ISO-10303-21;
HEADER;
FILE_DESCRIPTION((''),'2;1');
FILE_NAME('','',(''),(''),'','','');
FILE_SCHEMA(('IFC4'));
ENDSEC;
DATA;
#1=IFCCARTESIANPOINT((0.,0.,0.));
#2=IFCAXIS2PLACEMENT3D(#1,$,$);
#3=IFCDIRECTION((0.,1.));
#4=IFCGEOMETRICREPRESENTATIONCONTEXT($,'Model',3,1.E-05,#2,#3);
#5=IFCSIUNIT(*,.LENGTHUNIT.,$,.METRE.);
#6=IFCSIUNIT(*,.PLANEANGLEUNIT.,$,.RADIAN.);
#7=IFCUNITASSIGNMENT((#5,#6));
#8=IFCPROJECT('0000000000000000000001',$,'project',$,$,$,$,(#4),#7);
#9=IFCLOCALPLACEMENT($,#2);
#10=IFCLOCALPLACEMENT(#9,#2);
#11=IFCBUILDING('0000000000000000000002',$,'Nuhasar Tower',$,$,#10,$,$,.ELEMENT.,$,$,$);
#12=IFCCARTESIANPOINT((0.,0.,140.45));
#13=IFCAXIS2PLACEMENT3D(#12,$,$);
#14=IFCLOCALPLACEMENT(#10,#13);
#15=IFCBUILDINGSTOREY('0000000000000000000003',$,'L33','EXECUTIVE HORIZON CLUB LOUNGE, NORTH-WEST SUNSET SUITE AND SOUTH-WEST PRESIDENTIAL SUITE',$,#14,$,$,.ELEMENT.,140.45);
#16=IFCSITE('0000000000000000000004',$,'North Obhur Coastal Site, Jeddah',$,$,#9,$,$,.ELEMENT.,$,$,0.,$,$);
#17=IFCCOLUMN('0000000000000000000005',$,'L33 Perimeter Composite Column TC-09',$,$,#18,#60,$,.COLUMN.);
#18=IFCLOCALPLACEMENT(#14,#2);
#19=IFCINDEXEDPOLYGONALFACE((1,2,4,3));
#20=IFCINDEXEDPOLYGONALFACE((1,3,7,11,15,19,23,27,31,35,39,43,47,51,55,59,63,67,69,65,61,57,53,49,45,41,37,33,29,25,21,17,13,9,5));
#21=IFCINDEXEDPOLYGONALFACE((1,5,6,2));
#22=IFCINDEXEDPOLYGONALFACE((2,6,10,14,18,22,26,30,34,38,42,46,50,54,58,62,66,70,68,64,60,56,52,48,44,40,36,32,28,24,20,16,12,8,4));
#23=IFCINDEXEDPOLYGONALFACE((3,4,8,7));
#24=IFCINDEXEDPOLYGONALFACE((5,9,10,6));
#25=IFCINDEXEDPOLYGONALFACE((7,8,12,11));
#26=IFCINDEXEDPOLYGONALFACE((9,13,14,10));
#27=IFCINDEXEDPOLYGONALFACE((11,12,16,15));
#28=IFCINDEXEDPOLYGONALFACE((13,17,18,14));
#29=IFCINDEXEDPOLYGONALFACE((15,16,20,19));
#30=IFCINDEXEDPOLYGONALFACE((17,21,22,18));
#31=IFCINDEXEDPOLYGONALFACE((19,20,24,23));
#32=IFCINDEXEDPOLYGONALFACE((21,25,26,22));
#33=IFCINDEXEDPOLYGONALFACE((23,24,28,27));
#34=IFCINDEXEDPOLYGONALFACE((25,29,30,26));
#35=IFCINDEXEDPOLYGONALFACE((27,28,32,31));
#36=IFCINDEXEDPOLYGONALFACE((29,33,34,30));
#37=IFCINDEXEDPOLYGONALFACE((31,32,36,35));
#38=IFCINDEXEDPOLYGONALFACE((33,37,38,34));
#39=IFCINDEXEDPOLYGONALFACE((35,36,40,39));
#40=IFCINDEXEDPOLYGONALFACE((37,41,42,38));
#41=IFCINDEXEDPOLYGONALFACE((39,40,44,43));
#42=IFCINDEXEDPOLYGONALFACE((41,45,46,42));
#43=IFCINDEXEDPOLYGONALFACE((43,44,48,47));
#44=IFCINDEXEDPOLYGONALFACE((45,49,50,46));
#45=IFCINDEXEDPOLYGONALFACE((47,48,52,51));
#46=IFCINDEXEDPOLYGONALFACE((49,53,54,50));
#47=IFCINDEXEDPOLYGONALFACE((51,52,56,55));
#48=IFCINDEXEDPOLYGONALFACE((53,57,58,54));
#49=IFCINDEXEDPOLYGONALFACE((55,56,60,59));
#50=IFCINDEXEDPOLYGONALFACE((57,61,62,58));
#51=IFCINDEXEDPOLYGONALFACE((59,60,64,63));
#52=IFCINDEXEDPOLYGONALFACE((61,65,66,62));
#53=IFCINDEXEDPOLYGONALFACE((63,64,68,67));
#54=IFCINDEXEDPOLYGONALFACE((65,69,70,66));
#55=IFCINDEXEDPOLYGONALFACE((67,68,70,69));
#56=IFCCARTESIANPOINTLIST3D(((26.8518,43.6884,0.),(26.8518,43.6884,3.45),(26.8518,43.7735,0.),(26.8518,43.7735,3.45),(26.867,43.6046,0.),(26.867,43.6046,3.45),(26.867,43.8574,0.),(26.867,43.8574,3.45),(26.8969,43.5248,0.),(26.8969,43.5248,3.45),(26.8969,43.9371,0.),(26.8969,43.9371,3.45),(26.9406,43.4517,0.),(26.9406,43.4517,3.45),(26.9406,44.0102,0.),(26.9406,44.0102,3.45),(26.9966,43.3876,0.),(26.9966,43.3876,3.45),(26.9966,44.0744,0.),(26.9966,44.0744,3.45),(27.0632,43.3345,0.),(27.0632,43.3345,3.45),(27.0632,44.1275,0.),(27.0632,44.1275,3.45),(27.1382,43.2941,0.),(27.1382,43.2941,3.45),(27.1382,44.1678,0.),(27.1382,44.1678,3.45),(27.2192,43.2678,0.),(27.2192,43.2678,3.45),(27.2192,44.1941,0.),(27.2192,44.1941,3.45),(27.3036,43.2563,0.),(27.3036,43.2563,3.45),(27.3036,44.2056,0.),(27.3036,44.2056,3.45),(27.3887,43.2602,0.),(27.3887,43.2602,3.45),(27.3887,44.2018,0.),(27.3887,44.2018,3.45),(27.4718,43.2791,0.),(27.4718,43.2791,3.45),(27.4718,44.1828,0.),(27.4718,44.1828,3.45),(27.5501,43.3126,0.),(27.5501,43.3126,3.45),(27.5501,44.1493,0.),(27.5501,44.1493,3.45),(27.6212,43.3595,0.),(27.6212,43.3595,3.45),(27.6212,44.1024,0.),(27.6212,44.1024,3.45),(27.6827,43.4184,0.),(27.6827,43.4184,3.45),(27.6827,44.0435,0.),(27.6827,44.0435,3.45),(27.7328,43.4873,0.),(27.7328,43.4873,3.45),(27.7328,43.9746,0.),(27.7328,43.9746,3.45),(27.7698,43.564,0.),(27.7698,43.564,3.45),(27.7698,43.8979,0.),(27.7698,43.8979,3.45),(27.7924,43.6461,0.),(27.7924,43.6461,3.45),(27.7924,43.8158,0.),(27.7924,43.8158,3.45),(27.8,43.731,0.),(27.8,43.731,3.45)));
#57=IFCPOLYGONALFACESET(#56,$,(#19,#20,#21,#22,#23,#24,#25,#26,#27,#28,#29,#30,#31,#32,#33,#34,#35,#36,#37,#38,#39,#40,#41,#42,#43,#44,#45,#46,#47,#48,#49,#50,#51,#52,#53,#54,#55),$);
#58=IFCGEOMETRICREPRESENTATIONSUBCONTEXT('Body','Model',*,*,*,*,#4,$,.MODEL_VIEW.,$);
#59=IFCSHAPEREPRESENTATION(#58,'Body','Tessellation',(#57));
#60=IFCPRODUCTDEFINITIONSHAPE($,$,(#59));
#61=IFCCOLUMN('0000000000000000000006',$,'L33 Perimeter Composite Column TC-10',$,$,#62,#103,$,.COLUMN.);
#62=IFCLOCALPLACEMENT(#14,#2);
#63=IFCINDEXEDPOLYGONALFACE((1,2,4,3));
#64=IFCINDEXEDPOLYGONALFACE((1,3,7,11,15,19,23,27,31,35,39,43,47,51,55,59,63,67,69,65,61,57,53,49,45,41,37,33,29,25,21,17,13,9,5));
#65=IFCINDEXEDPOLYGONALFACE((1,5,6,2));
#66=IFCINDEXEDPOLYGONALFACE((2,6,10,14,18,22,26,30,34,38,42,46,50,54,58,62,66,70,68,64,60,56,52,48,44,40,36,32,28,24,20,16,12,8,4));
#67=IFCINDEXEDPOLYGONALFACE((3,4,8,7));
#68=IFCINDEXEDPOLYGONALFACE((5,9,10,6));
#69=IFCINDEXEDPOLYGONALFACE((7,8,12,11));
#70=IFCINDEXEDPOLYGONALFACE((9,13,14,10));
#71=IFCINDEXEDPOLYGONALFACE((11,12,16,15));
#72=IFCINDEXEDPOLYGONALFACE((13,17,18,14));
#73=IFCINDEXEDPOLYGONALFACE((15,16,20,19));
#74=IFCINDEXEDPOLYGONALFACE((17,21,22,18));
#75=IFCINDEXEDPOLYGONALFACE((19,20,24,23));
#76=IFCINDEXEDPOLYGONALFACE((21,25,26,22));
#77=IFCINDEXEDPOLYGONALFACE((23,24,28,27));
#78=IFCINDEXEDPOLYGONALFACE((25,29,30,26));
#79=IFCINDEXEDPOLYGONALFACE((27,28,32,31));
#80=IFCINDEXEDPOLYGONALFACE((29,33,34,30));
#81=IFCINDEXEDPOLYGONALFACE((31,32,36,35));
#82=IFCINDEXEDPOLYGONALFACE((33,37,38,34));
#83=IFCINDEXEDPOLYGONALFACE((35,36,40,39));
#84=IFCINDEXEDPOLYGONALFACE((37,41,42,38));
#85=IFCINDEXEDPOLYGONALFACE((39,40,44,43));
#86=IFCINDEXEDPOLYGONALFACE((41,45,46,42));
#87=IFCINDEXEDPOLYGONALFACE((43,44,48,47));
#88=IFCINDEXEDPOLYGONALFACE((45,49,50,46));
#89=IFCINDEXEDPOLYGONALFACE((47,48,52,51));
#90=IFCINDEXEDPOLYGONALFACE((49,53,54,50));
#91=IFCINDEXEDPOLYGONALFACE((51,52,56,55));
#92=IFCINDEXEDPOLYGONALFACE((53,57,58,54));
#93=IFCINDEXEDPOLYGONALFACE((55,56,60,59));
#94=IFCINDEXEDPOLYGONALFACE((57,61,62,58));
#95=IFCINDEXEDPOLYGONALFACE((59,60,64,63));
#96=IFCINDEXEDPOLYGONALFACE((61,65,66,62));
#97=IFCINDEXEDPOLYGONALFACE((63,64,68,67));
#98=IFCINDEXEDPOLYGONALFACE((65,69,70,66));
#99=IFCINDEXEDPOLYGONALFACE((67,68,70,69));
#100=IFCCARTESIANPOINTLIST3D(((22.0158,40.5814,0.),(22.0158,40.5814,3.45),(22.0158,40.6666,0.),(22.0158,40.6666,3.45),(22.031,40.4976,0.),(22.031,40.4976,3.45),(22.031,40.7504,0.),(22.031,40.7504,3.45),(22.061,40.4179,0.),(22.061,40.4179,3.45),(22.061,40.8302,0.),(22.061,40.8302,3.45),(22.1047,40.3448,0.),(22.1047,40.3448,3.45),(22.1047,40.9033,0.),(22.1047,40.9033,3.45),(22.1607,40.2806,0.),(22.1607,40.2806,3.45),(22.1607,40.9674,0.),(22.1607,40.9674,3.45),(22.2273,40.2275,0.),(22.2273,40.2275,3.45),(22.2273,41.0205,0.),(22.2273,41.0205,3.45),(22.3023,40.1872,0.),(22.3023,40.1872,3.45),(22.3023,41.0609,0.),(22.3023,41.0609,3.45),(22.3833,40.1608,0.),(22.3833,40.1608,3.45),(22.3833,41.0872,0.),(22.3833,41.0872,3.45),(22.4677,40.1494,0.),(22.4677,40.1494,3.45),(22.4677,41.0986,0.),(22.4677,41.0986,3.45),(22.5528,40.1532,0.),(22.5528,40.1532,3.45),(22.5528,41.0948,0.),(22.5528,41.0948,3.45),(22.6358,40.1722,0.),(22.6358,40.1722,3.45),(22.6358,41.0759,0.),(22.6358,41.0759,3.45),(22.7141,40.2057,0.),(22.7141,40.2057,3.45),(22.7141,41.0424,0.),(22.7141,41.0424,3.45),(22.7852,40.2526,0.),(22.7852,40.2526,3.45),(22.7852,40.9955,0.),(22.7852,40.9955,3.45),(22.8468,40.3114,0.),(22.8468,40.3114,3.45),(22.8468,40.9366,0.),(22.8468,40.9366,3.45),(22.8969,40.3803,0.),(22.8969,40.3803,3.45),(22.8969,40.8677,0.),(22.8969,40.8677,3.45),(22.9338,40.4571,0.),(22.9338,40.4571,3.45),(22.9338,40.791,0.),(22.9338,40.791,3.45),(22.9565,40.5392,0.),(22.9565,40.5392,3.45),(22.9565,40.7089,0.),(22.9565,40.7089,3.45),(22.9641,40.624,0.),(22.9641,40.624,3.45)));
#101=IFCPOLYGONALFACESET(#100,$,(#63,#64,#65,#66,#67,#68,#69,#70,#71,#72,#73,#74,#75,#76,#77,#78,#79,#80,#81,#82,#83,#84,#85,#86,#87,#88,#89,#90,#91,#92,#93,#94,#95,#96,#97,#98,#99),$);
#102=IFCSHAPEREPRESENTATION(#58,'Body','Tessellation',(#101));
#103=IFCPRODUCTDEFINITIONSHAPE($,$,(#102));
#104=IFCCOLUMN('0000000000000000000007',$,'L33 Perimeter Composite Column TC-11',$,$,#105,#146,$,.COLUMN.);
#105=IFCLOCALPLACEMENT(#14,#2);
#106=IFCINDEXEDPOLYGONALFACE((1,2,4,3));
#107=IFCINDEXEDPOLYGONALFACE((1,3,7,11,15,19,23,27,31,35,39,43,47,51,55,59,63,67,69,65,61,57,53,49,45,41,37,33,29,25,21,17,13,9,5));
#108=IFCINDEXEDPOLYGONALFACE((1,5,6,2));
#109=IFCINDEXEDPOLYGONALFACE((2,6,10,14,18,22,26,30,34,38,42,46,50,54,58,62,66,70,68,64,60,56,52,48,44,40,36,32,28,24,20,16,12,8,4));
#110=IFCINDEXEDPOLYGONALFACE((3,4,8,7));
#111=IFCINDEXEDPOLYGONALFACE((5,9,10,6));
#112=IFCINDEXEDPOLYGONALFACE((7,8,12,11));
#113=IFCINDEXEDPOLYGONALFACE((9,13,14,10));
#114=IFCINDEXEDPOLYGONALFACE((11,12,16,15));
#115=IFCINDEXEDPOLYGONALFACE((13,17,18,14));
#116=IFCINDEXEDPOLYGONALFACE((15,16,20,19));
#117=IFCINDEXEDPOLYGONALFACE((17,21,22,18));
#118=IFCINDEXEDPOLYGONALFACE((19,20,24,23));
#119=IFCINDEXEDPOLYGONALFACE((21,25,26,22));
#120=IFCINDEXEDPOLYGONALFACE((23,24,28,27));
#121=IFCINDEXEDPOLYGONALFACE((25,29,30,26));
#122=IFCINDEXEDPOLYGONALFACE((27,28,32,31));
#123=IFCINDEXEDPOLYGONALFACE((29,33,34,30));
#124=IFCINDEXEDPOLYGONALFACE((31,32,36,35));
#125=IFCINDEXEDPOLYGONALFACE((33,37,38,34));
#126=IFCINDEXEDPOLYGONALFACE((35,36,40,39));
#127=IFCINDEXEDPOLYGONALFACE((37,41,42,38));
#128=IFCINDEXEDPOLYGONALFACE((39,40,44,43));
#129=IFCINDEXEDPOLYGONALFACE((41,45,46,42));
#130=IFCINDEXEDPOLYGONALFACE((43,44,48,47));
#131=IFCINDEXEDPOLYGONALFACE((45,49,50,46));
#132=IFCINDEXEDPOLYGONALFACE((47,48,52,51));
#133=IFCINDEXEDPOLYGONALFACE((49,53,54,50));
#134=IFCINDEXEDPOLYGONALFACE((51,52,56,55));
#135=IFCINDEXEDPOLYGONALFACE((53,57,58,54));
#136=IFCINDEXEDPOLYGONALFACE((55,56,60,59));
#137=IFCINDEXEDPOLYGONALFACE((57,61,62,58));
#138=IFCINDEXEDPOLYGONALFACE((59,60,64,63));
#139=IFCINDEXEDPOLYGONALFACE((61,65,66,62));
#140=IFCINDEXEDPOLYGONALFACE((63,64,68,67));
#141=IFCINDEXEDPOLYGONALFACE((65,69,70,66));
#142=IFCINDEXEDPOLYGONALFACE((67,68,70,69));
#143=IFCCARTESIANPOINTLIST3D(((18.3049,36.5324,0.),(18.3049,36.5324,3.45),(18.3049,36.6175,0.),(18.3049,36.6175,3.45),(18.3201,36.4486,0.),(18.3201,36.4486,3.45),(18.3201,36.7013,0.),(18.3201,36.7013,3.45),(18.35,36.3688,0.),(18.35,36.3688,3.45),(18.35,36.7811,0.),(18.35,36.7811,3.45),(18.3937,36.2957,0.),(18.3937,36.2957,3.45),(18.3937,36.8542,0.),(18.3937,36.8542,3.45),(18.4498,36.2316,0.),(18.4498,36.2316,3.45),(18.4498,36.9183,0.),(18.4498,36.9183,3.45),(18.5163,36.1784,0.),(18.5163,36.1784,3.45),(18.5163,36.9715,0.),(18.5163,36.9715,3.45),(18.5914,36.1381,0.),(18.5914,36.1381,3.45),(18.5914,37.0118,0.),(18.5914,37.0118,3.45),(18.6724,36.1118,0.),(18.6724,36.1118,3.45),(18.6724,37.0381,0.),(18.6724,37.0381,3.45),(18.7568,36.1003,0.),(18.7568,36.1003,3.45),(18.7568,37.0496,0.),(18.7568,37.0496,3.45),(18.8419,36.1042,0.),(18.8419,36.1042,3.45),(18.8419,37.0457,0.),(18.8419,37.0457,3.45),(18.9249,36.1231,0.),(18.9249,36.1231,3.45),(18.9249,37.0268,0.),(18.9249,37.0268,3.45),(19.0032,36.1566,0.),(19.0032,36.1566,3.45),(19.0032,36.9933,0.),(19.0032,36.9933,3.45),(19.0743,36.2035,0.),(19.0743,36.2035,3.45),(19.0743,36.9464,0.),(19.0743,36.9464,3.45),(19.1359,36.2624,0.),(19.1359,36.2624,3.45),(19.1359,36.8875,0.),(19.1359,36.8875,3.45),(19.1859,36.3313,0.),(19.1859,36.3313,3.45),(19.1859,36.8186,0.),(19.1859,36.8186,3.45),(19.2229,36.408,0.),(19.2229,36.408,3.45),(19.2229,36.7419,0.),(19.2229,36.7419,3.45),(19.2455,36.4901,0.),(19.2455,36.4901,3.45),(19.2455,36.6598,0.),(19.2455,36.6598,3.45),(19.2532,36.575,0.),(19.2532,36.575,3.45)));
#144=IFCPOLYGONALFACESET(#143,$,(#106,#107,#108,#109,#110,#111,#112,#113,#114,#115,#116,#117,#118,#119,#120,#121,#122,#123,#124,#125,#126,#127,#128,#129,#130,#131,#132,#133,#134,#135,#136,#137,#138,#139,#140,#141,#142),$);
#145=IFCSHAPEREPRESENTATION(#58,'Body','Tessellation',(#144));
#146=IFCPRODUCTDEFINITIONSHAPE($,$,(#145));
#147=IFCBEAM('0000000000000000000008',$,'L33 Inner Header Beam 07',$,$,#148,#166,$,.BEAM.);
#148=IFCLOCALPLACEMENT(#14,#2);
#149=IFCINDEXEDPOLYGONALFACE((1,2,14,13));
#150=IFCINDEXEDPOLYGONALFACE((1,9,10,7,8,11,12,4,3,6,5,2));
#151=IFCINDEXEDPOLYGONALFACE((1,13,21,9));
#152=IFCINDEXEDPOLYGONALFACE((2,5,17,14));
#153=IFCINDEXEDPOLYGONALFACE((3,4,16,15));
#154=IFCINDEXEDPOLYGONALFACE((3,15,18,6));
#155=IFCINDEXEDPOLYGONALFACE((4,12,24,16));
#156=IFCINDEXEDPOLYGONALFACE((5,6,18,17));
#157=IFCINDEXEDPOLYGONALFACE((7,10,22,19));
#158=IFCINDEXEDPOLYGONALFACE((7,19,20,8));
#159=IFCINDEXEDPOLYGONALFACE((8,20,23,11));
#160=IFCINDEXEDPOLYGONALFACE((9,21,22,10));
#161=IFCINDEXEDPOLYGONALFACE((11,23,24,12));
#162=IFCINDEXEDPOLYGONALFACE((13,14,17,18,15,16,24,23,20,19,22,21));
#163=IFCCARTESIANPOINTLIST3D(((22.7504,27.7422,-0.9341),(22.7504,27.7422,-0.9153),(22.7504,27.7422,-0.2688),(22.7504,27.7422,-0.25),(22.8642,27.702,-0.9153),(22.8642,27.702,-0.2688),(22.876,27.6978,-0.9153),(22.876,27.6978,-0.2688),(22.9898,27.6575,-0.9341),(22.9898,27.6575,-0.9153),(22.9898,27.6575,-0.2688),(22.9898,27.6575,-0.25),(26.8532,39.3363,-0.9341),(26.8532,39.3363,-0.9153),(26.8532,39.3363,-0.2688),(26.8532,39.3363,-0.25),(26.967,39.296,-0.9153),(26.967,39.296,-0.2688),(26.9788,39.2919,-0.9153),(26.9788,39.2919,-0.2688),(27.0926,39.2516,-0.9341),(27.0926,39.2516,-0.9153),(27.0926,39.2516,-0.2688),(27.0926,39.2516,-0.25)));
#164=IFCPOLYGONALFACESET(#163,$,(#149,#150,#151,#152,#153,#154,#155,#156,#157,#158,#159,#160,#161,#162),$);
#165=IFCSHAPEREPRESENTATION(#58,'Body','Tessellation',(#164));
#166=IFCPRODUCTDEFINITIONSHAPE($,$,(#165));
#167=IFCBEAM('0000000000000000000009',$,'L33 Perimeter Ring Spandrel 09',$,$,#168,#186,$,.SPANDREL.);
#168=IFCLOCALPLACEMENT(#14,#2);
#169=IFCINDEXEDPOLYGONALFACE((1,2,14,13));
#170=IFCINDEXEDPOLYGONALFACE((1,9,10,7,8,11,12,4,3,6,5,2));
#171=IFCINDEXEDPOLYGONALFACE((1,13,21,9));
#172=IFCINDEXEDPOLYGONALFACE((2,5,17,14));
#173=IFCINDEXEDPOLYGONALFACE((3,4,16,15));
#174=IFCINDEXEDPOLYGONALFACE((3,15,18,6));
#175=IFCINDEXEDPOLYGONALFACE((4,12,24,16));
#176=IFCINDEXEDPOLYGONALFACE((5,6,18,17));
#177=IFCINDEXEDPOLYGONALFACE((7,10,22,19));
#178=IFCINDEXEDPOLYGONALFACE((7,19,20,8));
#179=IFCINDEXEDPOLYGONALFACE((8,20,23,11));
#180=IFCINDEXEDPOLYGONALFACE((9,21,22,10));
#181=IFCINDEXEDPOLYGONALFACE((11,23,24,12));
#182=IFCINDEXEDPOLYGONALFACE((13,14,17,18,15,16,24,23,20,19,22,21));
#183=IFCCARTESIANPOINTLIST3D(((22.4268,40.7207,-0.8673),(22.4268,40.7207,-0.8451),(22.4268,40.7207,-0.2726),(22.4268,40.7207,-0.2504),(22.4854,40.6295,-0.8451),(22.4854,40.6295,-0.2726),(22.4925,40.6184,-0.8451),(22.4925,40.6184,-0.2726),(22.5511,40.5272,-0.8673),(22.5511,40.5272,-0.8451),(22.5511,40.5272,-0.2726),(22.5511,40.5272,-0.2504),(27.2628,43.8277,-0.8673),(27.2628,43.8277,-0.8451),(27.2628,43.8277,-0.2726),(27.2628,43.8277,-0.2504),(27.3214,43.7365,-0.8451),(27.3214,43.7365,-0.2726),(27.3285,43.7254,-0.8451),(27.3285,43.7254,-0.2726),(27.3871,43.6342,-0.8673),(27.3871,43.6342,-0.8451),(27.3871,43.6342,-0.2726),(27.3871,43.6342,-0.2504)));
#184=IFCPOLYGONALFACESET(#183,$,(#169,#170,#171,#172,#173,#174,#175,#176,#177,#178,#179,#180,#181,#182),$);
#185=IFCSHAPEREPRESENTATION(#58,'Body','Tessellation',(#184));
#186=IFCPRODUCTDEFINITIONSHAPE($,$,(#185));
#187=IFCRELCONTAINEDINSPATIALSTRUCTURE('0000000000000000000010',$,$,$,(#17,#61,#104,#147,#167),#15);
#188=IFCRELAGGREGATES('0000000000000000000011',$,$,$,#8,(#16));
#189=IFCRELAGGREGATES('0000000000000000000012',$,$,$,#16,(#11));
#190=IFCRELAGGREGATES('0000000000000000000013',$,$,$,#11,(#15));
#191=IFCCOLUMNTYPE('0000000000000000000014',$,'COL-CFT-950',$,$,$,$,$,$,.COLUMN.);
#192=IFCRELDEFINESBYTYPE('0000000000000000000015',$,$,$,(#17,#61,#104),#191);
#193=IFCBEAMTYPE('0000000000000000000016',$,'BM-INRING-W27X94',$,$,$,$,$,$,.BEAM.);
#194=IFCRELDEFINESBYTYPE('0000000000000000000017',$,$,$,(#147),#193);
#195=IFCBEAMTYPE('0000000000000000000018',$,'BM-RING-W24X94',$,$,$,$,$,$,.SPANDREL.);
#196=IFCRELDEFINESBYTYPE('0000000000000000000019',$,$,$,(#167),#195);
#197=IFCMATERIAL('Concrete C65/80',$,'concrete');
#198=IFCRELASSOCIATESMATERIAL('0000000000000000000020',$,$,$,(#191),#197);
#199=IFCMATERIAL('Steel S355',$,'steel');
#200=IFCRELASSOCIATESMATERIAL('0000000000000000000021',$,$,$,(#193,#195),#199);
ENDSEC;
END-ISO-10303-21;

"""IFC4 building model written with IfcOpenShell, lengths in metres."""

from ifc_helpers import new_model, si_unit, direction, frame, origin, origin_2d, place, context, subcontext, project, spatial, circle, i_section, extrude, material, material_profile, profile_set, type_object, element, save


model = new_model("IFC4")

# Units and contexts
model_context = context("Model", 3, precision=1e-05, world=origin(), true_north=direction((0.0, 1.0)))
body_context = subcontext(model_context, "Body", "Model", "MODEL_VIEW")
ifc_project = project(units=[si_unit("LENGTHUNIT", "METRE"), si_unit("PLANEANGLEUNIT", "RADIAN")], contexts=[model_context])

# Site, building, storey
site_placement = place(None, origin())
site = spatial("IfcSite", under=ifc_project, at=site_placement, Name="North Obhur Coastal Site, Jeddah", CompositionType="ELEMENT", RefElevation=0.0)
building_placement = place(site_placement, origin())
building = spatial("IfcBuilding", under=site, at=building_placement, Name="Nuhasar Tower", CompositionType="ELEMENT")
storey_placement = place(building_placement, frame((0.0, 0.0, 140.45)))
storey = spatial("IfcBuildingStorey", under=building, at=storey_placement, Name="L33", Description="EXECUTIVE HORIZON CLUB LOUNGE, NORTH-WEST SUNSET SUITE AND SOUTH-WEST PRESIDENTIAL SUITE", CompositionType="ELEMENT", Elevation=140.45)

# Columns
ifc_material_1 = material(Name="Concrete C65/80", Category="concrete")
ifc_material_profile_1 = material_profile(ifc_material_1, circle(Radius=0.4751, at=origin_2d()), Name="CFT950")
ifc_profile_set_1 = profile_set([ifc_material_profile_1], Name="Concrete C65/80")
column_type = type_object("IfcColumnType", Name="COL-CFT-950", PredefinedType="COLUMN", material=ifc_profile_set_1)
for number, where, z_axis, x_axis, name in (
    (1, (27.325, 43.731, 0.0), (0.0, 0.0, 1.0), (1.0, 0.0, 0.0), "L33 Perimeter Composite Column TC-09"),
    (2, (22.489, 40.624, 0.0), (0.0, 0.0, 1.0), (1.0, 0.0, 0.0), "L33 Perimeter Composite Column TC-10"),
    (3, (18.7781, 36.575, 0.0), (0.0, 0.0, 1.0), (1.0, 0.0, 0.0), "L33 Perimeter Composite Column TC-11"),
):
    element("IfcColumn", number, at=place(storey_placement, frame(where, z_axis=z_axis, x_axis=x_axis)), inside=storey, type_object=column_type, Name=name, PredefinedType="COLUMN", context=body_context, shape_type="SweptSolid", body=[
        extrude(circle(Radius=0.4751, at=origin_2d()), origin(), (0.0, 0.0, 1.0), 3.45),
    ])

# Beams
ifc_material_2 = material(Name="Steel S355", Category="steel")
ifc_material_profile_2 = material_profile(ifc_material_2, i_section(OverallWidth=0.2539, OverallDepth=0.6841, WebThickness=0.0125, FlangeThickness=0.0188, at=origin_2d()), Name="W27X94")
ifc_profile_set_2 = profile_set([ifc_material_profile_2], Name="Steel S355")
beam_type_1 = type_object("IfcBeamType", Name="BM-INRING-W27X94", PredefinedType="BEAM", material=ifc_profile_set_2)
beam_1_placement = place(storey_placement, frame((26.9729, 39.2939, -0.592), z_axis=(-0.3336, -0.942715, 0.0), x_axis=(0.942715, -0.3336, 0.0)))
element("IfcBeam", 4, at=beam_1_placement, inside=storey, type_object=beam_type_1, Name="L33 Inner Header Beam 07", PredefinedType="BEAM", context=body_context, shape_type="SweptSolid", body=[
    extrude(i_section(OverallWidth=0.2539, OverallDepth=0.6841, WebThickness=0.0125, FlangeThickness=0.0188, at=origin_2d()), origin(), (0.0, 0.0, 1.0), 12.2986),
])
ifc_material_profile_3 = material_profile(ifc_material_2, i_section(OverallWidth=0.23, OverallDepth=0.6169, WebThickness=0.0132, FlangeThickness=0.0222, at=origin_2d()), Name="W24X94")
ifc_profile_set_3 = profile_set([ifc_material_profile_3], Name="Steel S355")
beam_type_2 = type_object("IfcBeamType", Name="BM-RING-W24X94", PredefinedType="SPANDREL", material=ifc_profile_set_3)
beam_2_placement = place(storey_placement, frame((27.325, 43.731, -0.5588), z_axis=(-0.841327, -0.540526, 0.0), x_axis=(0.540526, -0.841327, 0.0)))
element("IfcBeam", 5, at=beam_2_placement, inside=storey, type_object=beam_type_2, Name="L33 Perimeter Ring Spandrel 09", PredefinedType="SPANDREL", context=body_context, shape_type="SweptSolid", body=[
    extrude(i_section(OverallWidth=0.23, OverallDepth=0.6169, WebThickness=0.0132, FlangeThickness=0.0222, at=origin_2d()), origin(), (0.0, 0.0, 1.0), 5.748),
])

save(model, "model.ifc")
